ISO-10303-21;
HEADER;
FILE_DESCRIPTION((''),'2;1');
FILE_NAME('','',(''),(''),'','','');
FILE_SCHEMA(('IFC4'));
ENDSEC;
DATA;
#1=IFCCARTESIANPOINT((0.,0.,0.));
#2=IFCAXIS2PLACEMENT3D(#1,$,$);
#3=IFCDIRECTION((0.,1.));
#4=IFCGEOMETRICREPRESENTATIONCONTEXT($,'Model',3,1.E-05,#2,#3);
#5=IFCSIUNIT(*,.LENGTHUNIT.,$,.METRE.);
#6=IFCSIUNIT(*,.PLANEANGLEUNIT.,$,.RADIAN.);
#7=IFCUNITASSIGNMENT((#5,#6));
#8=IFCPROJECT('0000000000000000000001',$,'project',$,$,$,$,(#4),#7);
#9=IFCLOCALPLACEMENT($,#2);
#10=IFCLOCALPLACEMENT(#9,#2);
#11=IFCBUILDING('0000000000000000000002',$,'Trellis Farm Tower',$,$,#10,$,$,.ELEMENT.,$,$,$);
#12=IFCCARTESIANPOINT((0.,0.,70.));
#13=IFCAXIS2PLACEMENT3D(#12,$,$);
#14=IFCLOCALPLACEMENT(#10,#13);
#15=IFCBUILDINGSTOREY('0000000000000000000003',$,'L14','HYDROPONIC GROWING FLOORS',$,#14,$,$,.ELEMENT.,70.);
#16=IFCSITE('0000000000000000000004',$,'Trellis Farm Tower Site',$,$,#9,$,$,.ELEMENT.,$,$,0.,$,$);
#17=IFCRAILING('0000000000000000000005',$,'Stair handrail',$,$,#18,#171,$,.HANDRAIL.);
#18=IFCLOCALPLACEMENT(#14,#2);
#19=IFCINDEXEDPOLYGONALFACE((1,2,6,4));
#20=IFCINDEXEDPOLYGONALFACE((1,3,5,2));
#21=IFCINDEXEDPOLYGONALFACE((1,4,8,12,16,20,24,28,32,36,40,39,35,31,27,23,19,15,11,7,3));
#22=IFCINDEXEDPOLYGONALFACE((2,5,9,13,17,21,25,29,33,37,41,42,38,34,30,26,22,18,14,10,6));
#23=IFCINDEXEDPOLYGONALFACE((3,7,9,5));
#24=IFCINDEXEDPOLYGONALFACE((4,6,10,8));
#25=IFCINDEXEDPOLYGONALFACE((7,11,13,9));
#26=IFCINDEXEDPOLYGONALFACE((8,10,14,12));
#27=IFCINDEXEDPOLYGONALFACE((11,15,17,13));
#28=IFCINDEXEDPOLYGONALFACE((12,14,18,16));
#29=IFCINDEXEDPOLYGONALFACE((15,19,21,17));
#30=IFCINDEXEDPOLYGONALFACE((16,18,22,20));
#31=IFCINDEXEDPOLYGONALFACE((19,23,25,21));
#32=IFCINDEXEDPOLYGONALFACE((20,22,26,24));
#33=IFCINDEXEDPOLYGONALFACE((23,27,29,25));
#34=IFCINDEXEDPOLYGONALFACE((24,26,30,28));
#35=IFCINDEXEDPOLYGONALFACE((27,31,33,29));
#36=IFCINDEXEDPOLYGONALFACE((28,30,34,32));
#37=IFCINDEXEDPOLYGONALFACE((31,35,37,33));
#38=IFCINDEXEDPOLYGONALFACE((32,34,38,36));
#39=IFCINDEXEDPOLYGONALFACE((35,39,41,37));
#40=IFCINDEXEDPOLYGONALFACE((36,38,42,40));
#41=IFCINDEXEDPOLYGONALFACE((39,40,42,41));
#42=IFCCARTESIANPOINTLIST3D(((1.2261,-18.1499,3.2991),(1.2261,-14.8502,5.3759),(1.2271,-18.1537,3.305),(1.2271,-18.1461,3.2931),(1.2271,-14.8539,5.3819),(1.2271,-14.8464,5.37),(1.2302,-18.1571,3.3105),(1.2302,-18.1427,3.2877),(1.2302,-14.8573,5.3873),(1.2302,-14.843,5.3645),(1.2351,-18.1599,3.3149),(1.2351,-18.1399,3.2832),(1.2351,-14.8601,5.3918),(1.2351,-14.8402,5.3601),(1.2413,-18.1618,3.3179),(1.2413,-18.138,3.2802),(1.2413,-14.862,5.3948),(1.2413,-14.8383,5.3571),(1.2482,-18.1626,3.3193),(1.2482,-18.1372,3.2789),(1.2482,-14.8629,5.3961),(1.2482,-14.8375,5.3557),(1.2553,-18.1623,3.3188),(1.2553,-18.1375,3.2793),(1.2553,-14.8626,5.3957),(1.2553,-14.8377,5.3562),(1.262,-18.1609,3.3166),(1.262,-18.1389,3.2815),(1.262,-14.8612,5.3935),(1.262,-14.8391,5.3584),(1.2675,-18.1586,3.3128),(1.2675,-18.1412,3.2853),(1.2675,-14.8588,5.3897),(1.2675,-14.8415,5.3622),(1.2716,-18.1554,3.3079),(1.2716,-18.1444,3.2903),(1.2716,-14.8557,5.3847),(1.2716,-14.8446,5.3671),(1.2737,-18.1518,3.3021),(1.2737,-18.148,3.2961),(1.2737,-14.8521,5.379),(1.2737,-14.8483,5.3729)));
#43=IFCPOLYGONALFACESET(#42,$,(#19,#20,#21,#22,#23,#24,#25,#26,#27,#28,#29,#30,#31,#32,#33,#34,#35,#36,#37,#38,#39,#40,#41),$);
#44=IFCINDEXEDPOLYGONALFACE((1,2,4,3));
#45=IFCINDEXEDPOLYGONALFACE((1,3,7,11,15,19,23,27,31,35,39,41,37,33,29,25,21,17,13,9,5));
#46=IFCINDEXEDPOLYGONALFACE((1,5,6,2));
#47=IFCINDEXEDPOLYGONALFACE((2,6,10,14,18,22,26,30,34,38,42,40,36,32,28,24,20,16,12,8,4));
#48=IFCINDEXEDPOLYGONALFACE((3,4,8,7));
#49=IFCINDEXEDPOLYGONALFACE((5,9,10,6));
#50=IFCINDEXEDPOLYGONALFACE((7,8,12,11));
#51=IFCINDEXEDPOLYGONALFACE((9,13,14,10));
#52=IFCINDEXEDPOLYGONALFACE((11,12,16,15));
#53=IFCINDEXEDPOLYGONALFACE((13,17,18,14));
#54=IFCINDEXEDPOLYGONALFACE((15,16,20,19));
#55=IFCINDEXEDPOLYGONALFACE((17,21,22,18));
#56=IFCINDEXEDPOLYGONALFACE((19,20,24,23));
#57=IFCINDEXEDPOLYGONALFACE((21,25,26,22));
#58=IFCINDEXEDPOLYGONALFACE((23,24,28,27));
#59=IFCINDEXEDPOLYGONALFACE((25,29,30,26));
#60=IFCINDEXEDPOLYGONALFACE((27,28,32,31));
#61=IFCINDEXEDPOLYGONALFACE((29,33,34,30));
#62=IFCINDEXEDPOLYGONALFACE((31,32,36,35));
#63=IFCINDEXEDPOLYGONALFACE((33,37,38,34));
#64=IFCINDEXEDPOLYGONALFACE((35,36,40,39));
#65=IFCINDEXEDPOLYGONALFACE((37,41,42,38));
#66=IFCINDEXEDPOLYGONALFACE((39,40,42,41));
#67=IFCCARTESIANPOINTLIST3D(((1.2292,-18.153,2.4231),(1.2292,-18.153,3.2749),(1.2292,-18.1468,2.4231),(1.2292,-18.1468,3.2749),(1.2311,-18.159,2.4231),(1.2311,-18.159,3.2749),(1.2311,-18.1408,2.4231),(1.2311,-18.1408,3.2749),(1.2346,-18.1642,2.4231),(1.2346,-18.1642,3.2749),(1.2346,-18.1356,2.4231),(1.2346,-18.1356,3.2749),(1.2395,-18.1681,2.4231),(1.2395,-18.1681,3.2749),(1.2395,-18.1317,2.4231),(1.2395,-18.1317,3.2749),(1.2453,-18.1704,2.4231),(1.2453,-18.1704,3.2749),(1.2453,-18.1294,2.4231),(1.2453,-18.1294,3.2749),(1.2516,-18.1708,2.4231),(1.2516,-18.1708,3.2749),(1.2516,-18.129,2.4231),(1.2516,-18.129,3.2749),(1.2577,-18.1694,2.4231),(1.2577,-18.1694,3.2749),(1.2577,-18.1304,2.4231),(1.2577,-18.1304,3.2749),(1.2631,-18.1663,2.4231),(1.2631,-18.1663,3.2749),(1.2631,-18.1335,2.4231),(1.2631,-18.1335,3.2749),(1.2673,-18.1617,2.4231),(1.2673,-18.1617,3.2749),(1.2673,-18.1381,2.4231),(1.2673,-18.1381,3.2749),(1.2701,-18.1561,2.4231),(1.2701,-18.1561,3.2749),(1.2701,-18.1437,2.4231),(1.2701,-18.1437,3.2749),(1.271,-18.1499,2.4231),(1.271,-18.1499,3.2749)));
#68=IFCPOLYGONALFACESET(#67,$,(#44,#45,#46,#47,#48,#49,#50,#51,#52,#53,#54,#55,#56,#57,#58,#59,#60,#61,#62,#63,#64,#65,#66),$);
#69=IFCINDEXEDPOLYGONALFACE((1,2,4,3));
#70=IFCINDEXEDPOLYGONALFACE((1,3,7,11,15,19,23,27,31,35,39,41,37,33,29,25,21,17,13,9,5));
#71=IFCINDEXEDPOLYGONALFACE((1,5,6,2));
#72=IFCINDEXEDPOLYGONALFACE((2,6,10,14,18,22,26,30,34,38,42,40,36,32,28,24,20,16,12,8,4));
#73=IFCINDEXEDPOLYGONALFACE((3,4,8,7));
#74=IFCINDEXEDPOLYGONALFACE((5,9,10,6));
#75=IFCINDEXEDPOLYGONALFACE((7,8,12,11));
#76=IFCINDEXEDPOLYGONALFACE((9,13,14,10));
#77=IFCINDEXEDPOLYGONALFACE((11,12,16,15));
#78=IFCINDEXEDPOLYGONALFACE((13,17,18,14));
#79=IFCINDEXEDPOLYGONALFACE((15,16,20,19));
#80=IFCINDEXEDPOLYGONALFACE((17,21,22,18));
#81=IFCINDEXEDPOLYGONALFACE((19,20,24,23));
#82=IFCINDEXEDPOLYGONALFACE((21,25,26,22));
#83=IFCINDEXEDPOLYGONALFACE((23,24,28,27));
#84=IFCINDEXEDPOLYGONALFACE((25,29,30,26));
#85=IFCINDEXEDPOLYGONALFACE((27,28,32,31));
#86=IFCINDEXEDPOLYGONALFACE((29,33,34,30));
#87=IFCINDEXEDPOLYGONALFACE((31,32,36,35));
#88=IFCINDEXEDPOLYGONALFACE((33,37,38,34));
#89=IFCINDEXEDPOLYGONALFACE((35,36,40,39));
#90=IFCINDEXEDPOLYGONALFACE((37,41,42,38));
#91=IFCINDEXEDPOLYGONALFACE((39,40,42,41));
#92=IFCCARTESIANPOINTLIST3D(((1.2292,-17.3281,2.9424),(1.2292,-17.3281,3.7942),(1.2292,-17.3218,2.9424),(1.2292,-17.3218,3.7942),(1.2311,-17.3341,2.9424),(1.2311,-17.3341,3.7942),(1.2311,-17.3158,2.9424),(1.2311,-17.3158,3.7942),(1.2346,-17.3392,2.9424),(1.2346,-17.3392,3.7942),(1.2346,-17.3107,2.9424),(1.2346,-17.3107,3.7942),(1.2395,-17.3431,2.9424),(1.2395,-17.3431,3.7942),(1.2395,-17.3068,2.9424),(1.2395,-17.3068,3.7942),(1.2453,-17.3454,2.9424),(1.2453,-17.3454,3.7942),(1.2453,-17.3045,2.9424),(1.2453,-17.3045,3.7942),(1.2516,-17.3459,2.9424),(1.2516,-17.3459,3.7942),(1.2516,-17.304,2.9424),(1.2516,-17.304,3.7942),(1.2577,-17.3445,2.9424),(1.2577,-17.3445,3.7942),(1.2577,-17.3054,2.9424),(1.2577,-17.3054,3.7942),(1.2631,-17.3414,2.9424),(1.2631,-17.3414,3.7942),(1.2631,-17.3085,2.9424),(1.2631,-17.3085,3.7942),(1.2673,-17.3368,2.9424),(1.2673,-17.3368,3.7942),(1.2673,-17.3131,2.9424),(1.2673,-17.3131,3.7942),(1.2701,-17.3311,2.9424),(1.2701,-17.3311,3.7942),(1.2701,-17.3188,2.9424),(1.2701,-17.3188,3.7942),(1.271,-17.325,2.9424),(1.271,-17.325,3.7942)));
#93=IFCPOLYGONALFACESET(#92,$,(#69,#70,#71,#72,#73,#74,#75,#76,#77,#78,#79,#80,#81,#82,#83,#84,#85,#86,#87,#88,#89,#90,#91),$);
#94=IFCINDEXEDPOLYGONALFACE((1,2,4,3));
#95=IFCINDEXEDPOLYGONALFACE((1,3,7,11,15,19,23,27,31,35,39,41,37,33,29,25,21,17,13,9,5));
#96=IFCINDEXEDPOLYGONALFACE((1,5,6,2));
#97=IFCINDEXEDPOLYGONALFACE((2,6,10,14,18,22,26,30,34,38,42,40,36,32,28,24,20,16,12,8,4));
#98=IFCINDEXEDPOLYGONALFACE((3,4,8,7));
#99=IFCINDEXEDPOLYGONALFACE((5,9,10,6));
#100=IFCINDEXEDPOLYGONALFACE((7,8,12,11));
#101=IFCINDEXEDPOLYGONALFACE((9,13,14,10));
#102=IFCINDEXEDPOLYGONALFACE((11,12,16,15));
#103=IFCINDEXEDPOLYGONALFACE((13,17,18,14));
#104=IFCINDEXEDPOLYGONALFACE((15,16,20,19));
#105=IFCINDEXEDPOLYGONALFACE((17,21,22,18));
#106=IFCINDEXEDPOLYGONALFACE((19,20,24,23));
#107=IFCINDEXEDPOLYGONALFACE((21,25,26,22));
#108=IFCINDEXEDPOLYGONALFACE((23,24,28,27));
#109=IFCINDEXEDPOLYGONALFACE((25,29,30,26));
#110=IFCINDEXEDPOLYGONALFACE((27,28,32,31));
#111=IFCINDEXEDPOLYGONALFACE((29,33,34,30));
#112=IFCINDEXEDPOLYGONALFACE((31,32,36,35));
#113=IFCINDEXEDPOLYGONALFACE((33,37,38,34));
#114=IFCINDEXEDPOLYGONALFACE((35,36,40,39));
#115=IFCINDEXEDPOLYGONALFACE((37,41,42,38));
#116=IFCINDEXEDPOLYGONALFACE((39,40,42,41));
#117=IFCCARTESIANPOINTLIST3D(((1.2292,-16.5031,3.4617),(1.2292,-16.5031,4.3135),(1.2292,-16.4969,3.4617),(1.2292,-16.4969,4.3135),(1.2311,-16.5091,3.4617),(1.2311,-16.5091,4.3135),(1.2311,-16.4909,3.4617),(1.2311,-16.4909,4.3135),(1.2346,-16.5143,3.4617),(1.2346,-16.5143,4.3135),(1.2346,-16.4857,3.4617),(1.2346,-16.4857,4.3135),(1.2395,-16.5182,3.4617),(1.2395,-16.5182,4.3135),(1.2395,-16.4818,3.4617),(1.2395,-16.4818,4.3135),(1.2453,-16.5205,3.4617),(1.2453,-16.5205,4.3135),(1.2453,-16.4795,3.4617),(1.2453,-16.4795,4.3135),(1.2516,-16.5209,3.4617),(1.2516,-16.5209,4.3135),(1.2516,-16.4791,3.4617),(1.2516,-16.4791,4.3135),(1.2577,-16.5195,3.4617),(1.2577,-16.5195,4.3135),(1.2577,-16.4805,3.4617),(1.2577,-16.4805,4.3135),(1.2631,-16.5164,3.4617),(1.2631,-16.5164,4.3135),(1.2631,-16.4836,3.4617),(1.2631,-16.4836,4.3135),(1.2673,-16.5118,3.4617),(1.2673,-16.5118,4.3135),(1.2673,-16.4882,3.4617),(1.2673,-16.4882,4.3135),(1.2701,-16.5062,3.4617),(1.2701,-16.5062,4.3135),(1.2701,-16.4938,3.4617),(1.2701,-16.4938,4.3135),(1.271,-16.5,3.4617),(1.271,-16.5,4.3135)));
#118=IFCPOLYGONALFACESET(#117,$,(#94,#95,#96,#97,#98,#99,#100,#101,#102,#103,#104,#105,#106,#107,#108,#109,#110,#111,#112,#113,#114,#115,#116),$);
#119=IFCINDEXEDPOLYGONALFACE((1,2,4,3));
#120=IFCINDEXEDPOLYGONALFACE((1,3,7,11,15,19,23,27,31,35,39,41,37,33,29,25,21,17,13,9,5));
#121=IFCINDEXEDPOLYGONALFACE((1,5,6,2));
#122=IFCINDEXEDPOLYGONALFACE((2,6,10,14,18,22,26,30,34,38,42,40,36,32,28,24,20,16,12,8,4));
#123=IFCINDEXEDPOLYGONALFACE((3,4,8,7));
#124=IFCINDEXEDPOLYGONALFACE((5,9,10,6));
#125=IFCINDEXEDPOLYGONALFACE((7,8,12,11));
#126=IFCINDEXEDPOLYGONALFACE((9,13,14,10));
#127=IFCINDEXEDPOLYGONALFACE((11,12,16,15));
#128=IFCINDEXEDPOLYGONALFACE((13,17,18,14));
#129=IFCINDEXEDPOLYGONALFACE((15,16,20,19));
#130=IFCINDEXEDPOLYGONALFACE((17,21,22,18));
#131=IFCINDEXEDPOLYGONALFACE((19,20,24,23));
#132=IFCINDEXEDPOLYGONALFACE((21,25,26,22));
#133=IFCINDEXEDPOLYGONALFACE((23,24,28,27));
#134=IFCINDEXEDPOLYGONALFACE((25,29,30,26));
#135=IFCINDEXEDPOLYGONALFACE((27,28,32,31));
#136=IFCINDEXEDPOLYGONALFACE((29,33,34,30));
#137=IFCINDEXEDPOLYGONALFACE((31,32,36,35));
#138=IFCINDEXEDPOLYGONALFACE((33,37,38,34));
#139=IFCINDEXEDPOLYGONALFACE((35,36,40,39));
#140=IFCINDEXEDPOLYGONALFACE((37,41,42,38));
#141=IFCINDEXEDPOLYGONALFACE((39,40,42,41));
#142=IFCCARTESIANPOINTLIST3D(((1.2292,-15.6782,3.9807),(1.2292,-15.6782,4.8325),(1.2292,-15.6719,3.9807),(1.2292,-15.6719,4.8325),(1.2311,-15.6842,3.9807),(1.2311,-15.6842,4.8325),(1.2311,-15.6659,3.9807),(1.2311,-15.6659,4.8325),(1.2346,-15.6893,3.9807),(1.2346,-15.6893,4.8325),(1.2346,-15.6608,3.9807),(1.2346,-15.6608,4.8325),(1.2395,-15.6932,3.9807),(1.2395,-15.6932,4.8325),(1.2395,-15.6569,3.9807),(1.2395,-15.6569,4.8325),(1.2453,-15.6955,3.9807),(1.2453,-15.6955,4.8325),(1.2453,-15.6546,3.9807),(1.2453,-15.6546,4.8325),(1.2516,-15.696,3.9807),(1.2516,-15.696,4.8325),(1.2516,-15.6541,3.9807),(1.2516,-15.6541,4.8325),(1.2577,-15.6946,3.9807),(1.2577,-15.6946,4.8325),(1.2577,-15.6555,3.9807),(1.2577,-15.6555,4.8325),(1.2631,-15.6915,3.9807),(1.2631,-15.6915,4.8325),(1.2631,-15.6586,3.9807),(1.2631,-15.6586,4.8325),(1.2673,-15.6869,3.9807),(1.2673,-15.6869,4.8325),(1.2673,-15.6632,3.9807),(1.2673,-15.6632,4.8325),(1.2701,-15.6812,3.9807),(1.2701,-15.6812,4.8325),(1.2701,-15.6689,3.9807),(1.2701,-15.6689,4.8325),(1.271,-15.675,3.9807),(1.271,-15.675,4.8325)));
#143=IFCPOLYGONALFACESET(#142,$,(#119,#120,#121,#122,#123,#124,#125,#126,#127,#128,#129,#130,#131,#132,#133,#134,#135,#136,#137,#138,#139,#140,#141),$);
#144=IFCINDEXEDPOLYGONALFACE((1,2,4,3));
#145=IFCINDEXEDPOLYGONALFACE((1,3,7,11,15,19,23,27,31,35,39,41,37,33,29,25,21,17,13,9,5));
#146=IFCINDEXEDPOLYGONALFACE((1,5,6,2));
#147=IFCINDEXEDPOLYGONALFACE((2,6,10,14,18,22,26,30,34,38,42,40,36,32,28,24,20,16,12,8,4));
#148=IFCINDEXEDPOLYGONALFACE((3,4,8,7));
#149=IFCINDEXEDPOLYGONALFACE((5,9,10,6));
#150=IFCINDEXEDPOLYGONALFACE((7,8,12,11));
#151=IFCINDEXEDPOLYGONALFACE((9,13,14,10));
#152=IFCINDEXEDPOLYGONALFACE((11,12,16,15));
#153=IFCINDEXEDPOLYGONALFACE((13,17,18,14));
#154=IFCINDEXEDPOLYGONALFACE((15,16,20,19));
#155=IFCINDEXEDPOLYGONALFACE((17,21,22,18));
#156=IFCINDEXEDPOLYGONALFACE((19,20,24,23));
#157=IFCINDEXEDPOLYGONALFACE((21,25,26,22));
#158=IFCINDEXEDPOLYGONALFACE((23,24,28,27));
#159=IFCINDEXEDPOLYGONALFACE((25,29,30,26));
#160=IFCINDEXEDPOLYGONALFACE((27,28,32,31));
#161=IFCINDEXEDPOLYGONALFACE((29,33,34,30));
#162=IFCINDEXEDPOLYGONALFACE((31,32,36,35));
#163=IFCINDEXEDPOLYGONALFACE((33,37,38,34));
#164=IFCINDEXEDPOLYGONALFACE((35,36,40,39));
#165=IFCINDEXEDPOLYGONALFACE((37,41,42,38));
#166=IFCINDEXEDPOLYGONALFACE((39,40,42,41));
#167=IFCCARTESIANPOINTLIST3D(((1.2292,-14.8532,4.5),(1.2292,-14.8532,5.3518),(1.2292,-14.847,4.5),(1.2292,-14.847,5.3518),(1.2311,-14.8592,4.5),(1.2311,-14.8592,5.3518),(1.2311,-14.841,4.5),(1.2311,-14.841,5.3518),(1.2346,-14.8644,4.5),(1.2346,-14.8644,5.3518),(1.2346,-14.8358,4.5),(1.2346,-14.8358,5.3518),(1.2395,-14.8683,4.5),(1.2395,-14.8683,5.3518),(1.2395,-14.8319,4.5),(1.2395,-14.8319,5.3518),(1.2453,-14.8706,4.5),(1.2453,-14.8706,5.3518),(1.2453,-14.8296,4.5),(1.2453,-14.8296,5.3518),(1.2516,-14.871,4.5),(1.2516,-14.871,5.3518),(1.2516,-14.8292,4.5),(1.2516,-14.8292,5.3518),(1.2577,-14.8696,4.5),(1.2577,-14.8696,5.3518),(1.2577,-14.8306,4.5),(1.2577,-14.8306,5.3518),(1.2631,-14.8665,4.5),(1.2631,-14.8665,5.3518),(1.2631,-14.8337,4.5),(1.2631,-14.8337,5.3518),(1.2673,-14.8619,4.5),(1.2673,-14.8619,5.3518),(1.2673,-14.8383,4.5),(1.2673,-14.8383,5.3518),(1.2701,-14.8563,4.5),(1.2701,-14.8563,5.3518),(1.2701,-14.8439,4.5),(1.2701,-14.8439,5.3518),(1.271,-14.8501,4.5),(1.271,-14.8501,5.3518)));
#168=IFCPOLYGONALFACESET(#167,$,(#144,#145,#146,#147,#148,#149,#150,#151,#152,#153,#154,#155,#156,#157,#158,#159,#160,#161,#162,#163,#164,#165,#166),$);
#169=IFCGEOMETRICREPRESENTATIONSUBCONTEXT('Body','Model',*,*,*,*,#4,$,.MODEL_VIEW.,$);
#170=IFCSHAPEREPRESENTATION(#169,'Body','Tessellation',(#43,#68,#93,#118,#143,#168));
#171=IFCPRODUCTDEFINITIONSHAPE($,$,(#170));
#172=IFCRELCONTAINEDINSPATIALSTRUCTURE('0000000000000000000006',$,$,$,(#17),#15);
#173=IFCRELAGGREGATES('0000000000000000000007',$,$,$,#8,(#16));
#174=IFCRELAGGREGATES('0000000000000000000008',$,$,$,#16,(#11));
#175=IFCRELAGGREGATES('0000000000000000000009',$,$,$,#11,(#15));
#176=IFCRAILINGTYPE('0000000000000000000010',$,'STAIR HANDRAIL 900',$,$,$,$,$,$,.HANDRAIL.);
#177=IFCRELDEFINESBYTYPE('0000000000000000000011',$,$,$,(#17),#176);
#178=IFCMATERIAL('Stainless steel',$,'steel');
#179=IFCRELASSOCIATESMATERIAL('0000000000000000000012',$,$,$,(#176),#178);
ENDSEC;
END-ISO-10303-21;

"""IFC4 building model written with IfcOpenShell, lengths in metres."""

from ifc_helpers import new_model, si_unit, direction, frame, origin, origin_2d, place, context, subcontext, project, spatial, circle, extrude, source, transform, mapped, material, type_object, element, save


model = new_model("IFC4")

# Units and contexts
model_context = context("Model", 3, precision=1e-05, world=origin(), true_north=direction((0.0, 1.0)))
body_context = subcontext(model_context, "Body", "Model", "MODEL_VIEW")
ifc_project = project(units=[si_unit("LENGTHUNIT", "METRE"), si_unit("PLANEANGLEUNIT", "RADIAN")], contexts=[model_context])

# Site, building, storey
site_placement = place(None, origin())
site = spatial("IfcSite", under=ifc_project, at=site_placement, Name="Trellis Farm Tower Site", CompositionType="ELEMENT", RefElevation=0.0)
building_placement = place(site_placement, origin())
building = spatial("IfcBuilding", under=site, at=building_placement, Name="Trellis Farm Tower", CompositionType="ELEMENT")
storey_placement = place(building_placement, frame((0.0, 0.0, 70.0)))
storey = spatial("IfcBuildingStorey", under=building, at=storey_placement, Name="L14", Description="HYDROPONIC GROWING FLOORS", CompositionType="ELEMENT", Elevation=70.0)

# Railing
ifc_material_1 = material(Name="Stainless steel", Category="steel")
railing_type = type_object("IfcRailingType", Name="STAIR HANDRAIL 900", PredefinedType="HANDRAIL", material=ifc_material_1)
shared_shape_1 = source(origin(), body_context, "Body", "SweptSolid", [
    extrude(circle(Radius=0.0239, at=origin_2d()), frame((0.0, 0.0, 0.876), z_axis=(0.0, 0.84632, 0.532675), x_axis=(-1.0, 0.0, 0.0)), (0.0, 0.0, 1.0), 3.8989),
    extrude(circle(Radius=0.021, at=origin_2d()), origin(), (0.0, 0.0, 1.0), 0.8518),
    extrude(circle(Radius=0.021, at=origin_2d()), frame((0.0, 0.825, 0.5193)), (0.0, 0.0, 1.0), 0.8518),
    extrude(circle(Radius=0.021, at=origin_2d()), frame((0.0, 1.6499, 1.0386)), (0.0, 0.0, 1.0), 0.8518),
    extrude(circle(Radius=0.021, at=origin_2d()), frame((0.0, 2.4749, 1.5576)), (0.0, 0.0, 1.0), 0.8518),
    extrude(circle(Radius=0.021, at=origin_2d()), frame((0.0, 3.2998, 2.0769)), (0.0, 0.0, 1.0), 0.8518),
])
railing_placement = place(storey_placement, frame((1.25, -18.1499, 2.4231)))
element("IfcRailing", 1, at=railing_placement, inside=storey, type_object=railing_type, Name="Stair handrail", PredefinedType="HANDRAIL", context=body_context, shape_type="MappedRepresentation", body=[
    mapped(shared_shape_1, transform((0.0, 0.0, 0.0))),
])

save(model, "model.ifc")
